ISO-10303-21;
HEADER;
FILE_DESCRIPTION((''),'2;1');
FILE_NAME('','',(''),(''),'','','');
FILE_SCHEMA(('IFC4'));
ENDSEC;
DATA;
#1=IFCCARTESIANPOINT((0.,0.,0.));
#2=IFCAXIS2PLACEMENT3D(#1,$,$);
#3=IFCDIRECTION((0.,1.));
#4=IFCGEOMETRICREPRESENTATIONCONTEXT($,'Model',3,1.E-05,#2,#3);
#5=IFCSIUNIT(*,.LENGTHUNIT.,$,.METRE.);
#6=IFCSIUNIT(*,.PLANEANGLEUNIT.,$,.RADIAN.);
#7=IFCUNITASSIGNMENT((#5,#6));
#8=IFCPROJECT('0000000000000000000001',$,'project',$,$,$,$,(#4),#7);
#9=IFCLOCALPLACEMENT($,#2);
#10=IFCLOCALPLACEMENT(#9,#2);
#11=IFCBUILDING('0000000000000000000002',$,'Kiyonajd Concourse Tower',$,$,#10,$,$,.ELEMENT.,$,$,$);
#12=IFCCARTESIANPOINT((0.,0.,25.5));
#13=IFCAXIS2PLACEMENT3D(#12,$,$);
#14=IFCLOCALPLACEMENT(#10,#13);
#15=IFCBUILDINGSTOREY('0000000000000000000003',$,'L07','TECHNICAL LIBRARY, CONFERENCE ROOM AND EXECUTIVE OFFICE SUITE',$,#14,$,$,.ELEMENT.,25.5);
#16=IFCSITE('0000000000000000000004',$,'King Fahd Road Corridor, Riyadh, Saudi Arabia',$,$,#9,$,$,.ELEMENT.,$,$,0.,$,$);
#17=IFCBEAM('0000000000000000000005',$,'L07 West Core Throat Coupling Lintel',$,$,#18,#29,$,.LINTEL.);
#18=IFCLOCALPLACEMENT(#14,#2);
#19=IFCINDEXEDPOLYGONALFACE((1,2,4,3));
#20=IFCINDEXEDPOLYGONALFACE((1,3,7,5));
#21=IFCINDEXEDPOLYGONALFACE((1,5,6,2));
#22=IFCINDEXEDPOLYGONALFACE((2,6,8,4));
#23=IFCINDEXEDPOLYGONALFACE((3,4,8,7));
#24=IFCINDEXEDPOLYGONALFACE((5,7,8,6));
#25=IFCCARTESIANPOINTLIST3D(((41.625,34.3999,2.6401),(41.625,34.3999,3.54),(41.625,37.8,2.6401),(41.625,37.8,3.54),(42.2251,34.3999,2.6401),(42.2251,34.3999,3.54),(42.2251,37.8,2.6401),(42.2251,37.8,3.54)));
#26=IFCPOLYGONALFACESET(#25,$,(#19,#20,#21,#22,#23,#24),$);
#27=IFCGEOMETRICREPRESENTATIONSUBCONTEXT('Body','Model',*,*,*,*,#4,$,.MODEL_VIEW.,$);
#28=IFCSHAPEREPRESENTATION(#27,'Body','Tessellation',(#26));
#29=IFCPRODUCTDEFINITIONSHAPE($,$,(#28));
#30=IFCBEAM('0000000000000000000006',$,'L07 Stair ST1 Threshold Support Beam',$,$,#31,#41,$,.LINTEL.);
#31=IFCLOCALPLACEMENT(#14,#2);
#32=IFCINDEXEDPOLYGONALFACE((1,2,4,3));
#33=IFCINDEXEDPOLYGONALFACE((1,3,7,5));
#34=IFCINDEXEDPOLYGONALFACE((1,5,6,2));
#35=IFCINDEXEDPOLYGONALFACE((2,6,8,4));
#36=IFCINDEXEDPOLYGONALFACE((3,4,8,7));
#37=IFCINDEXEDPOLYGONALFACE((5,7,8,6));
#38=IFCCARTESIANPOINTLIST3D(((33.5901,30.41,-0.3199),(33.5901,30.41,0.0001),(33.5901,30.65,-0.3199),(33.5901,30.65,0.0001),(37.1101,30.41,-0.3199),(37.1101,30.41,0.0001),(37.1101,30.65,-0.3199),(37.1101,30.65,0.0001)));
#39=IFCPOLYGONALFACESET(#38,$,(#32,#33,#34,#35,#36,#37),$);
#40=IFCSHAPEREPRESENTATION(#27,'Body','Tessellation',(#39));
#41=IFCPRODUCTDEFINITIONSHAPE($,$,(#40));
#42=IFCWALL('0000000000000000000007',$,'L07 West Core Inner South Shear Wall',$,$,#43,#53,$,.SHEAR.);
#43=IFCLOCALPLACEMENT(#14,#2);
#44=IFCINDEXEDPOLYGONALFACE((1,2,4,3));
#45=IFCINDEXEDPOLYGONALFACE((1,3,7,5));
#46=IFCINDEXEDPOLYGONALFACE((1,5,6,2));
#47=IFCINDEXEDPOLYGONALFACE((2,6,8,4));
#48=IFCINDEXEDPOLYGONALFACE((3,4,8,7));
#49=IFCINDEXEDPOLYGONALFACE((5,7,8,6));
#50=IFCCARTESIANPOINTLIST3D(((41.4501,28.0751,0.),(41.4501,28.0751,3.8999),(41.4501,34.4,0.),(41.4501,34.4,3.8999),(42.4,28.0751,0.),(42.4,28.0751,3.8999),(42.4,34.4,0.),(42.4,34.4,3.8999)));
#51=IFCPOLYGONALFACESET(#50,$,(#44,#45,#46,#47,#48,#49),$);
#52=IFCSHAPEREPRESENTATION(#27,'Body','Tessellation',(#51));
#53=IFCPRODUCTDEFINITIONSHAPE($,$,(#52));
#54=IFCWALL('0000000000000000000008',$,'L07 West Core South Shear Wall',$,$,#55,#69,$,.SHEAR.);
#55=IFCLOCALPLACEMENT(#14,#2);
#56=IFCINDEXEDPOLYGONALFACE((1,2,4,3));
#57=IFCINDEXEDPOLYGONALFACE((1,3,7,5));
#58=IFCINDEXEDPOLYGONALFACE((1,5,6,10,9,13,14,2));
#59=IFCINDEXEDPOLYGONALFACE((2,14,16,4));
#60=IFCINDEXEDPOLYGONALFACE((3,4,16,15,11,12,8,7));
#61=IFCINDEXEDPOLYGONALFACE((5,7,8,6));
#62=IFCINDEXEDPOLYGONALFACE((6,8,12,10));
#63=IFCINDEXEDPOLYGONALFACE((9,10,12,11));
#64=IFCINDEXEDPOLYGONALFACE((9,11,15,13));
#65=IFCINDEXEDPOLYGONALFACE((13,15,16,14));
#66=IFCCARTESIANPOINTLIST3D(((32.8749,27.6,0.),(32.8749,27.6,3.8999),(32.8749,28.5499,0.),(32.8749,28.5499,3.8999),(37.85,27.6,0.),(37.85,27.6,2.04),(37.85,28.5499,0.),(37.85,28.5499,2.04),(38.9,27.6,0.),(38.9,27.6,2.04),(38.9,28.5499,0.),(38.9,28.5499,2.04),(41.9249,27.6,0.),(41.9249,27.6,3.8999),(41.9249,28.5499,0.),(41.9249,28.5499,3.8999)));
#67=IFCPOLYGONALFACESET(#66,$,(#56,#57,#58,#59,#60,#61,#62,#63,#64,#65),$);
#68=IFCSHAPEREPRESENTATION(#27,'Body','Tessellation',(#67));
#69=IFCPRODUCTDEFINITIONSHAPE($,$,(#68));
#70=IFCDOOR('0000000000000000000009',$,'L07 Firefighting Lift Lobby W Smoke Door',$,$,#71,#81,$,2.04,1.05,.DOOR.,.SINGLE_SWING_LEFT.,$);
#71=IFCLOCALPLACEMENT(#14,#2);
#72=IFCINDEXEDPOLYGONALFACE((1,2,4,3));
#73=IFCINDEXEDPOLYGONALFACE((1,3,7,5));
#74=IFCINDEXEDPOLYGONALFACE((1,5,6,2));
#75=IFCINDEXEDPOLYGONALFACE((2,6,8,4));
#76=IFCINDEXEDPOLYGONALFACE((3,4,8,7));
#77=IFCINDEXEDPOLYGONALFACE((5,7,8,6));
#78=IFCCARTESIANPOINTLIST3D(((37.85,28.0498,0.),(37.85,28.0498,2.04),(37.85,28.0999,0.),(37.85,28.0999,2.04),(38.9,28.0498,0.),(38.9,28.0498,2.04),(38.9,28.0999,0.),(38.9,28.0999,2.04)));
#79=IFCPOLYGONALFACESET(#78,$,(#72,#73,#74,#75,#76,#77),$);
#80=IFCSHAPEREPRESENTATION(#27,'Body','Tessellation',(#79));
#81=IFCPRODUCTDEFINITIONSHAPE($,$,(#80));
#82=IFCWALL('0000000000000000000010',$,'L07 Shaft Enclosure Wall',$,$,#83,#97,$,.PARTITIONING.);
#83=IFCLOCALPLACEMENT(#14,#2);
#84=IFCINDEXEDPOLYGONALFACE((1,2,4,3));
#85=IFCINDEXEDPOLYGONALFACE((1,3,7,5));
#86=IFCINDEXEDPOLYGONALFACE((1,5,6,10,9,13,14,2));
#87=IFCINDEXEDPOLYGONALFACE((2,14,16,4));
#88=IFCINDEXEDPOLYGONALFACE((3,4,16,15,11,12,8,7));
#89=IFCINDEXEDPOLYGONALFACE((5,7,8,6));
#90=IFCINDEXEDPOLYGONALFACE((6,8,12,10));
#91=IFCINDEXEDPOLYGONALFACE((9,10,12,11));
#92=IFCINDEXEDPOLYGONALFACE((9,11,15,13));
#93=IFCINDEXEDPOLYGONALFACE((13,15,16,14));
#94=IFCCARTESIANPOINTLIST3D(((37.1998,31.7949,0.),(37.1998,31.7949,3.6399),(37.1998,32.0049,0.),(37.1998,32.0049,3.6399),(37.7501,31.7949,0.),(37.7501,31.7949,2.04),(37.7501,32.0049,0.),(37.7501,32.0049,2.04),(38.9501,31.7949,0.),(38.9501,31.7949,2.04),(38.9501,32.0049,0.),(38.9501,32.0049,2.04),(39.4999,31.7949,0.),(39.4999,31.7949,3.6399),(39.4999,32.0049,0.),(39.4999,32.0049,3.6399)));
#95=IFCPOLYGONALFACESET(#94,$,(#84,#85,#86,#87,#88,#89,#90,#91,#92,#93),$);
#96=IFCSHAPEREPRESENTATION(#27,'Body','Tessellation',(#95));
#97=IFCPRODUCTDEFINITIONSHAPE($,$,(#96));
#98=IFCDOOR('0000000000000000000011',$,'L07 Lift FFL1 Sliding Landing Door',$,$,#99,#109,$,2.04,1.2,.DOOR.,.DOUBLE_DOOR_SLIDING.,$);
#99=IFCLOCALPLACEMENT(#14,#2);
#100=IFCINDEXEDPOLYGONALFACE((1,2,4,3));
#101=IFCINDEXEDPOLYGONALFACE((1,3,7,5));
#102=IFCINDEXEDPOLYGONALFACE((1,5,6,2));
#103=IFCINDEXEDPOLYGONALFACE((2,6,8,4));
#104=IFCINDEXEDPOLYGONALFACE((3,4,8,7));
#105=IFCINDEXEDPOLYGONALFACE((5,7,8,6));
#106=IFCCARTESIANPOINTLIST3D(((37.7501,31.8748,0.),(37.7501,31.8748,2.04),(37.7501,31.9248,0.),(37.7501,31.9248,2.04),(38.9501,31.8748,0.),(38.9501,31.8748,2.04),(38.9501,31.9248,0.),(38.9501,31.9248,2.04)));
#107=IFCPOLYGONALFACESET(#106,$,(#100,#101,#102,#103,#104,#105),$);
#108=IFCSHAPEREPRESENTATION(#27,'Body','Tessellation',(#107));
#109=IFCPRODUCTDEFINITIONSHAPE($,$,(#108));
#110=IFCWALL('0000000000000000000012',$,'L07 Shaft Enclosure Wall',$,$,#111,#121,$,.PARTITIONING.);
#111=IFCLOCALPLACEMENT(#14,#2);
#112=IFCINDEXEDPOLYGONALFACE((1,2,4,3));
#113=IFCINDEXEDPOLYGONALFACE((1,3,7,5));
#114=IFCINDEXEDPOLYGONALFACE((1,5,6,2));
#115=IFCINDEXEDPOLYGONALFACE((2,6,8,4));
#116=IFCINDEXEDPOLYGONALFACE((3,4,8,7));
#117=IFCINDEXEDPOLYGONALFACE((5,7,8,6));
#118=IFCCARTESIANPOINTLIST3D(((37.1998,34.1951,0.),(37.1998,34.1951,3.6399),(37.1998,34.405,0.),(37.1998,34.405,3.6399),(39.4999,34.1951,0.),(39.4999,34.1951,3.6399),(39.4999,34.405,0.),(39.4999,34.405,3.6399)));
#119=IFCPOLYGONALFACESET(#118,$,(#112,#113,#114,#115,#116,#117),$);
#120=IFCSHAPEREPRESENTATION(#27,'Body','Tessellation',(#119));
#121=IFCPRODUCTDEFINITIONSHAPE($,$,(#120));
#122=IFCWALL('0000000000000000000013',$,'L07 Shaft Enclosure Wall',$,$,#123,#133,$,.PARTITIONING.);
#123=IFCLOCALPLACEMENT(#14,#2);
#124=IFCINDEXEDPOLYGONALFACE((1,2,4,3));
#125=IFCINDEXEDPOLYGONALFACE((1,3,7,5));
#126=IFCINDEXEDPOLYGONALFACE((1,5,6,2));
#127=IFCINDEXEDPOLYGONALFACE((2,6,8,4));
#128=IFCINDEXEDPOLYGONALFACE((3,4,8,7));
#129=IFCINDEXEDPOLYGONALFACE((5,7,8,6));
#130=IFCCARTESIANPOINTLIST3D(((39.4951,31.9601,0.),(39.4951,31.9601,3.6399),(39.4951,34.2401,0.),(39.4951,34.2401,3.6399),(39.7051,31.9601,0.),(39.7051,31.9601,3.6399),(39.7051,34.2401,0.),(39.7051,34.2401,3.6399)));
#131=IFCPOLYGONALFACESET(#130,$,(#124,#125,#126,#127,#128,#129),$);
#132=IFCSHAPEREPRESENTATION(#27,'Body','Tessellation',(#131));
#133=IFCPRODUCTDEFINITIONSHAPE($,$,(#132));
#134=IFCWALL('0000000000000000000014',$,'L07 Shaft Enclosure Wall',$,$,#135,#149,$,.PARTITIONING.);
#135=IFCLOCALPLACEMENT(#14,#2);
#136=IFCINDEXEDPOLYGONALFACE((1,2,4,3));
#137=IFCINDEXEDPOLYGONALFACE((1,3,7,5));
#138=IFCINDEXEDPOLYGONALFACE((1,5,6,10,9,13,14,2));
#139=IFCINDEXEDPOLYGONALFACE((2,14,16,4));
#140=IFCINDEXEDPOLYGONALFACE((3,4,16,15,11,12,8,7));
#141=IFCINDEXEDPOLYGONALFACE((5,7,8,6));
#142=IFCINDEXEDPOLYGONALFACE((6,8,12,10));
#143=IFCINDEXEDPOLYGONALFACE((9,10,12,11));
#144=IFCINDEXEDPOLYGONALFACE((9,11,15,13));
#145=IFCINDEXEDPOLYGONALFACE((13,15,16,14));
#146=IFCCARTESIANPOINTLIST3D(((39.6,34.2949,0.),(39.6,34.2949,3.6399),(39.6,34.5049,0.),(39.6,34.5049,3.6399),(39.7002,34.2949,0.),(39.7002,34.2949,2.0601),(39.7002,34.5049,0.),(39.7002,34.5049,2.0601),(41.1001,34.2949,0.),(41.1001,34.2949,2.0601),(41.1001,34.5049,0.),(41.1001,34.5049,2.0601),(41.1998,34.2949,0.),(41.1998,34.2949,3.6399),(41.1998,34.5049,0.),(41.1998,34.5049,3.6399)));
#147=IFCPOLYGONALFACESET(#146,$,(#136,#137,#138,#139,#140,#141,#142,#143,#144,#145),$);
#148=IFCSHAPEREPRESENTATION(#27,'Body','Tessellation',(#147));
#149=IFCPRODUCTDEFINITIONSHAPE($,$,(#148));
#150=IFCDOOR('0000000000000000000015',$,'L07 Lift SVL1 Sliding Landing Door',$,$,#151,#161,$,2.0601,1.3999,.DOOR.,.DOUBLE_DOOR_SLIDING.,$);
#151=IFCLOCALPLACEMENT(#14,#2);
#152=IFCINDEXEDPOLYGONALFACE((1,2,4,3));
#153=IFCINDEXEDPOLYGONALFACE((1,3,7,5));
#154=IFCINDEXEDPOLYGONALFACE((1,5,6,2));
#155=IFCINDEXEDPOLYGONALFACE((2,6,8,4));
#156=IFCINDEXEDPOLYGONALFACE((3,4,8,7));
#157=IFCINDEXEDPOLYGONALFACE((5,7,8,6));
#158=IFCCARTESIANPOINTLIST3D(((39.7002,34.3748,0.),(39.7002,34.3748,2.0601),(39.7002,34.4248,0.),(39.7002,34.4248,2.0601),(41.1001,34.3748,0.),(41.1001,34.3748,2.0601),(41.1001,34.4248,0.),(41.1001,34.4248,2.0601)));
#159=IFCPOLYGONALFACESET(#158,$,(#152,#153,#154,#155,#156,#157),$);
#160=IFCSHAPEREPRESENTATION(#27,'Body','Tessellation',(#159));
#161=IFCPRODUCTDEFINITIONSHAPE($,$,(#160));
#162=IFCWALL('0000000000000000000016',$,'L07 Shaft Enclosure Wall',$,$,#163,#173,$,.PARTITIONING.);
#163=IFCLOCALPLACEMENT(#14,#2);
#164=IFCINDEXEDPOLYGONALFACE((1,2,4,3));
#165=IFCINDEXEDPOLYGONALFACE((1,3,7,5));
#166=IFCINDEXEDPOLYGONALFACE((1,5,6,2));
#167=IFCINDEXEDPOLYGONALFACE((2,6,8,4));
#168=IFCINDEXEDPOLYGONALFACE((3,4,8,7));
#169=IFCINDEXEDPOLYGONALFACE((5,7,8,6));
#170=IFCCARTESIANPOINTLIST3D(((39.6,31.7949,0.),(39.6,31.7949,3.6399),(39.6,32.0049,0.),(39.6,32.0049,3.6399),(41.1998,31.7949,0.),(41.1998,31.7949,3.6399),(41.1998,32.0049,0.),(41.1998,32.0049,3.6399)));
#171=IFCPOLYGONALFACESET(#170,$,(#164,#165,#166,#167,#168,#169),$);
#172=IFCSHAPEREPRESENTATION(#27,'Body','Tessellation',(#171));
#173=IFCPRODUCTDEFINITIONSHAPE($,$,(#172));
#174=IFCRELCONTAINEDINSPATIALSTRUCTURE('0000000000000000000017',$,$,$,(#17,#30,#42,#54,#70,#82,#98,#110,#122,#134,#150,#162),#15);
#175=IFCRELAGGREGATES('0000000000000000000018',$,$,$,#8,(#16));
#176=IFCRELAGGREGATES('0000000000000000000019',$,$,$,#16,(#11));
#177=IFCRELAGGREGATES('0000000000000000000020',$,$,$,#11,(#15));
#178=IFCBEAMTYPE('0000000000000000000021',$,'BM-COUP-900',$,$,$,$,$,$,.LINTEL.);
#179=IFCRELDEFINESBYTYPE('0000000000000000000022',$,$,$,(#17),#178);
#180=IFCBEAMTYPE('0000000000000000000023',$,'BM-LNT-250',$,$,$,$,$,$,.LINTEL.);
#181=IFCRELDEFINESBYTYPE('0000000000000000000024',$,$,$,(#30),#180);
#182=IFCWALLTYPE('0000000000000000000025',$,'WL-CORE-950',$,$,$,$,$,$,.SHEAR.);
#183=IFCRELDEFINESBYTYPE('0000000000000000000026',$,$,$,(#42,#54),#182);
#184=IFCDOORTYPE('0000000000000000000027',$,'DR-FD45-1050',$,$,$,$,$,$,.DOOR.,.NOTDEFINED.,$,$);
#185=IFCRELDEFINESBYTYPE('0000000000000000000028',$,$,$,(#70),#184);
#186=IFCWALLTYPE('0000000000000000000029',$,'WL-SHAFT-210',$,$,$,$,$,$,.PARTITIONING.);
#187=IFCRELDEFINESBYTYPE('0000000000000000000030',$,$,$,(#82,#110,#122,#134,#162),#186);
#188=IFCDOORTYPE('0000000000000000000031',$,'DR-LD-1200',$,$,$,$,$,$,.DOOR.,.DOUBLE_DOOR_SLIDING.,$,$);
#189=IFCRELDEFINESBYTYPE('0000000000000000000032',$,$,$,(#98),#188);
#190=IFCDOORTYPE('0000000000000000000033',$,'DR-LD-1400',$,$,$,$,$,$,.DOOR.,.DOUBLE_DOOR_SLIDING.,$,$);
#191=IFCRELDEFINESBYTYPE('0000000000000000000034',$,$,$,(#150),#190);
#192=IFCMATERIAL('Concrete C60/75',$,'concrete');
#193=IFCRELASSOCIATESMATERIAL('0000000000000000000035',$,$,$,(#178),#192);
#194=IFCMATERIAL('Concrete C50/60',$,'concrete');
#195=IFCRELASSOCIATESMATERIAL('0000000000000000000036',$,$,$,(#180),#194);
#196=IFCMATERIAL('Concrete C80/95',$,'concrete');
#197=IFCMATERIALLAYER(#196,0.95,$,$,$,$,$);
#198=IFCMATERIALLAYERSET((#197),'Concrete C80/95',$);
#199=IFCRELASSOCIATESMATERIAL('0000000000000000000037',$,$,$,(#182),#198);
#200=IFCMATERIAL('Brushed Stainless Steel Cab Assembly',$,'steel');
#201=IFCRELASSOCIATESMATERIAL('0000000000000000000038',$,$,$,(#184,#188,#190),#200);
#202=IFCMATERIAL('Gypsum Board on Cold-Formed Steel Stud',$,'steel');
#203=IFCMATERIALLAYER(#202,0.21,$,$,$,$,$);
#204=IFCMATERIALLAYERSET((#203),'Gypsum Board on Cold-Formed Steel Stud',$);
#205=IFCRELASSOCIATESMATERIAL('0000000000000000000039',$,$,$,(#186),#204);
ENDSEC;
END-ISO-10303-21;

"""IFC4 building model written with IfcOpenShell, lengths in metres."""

from ifc_helpers import new_model, si_unit, direction, frame, frame_2d, origin, origin_2d, place, context, subcontext, project, spatial, rectangle, extrude, material, layer, layer_set, material_profile, profile_set, type_object, element, fill, save


model = new_model("IFC4")

# Units and contexts
model_context = context("Model", 3, precision=1e-05, world=origin(), true_north=direction((0.0, 1.0)))
body_context = subcontext(model_context, "Body", "Model", "MODEL_VIEW")
ifc_project = project(units=[si_unit("LENGTHUNIT", "METRE"), si_unit("PLANEANGLEUNIT", "RADIAN")], contexts=[model_context])

# Site, building, storey
site_placement = place(None, origin())
site = spatial("IfcSite", under=ifc_project, at=site_placement, Name="King Fahd Road Corridor, Riyadh, Saudi Arabia", CompositionType="ELEMENT", RefElevation=0.0)
building_placement = place(site_placement, origin())
building = spatial("IfcBuilding", under=site, at=building_placement, Name="Kiyonajd Concourse Tower", CompositionType="ELEMENT")
storey_placement = place(building_placement, frame((0.0, 0.0, 25.5)))
storey = spatial("IfcBuildingStorey", under=building, at=storey_placement, Name="L07", Description="TECHNICAL LIBRARY, CONFERENCE ROOM AND EXECUTIVE OFFICE SUITE", CompositionType="ELEMENT", Elevation=25.5)

# Beams
ifc_material_1 = material(Name="Concrete C60/75", Category="concrete")
ifc_material_profile_1 = material_profile(ifc_material_1, rectangle(XDim=0.6001, YDim=0.8999, at=origin_2d()), Name="RCBM-600x900")
ifc_profile_set_1 = profile_set([ifc_material_profile_1], Name="Concrete C60/75")
beam_type_1 = type_object("IfcBeamType", Name="BM-COUP-900", PredefinedType="LINTEL", material=ifc_profile_set_1)
beam_1_placement = place(storey_placement, frame((41.925, 34.3999, 3.0901), z_axis=(0.0, 1.0, 0.0), x_axis=(-1.0, 0.0, 0.0)))
element("IfcBeam", 1, at=beam_1_placement, inside=storey, type_object=beam_type_1, Name="L07 West Core Throat Coupling Lintel", PredefinedType="LINTEL", context=body_context, shape_type="SweptSolid", body=[
    extrude(rectangle(XDim=0.6001, YDim=0.8999, at=origin_2d()), origin(), (0.0, 0.0, 1.0), 3.4001),
])
ifc_material_2 = material(Name="Concrete C50/60", Category="concrete")
ifc_material_profile_2 = material_profile(ifc_material_2, rectangle(XDim=0.24, YDim=0.3201, at=origin_2d()), Name="RCBM-240x320")
ifc_profile_set_2 = profile_set([ifc_material_profile_2], Name="Concrete C50/60")
beam_type_2 = type_object("IfcBeamType", Name="BM-LNT-250", PredefinedType="LINTEL", material=ifc_profile_set_2)
beam_2_placement = place(storey_placement, frame((33.5901, 30.53, -0.1599), z_axis=(1.0, 0.0, 0.0), x_axis=(0.0, 1.0, 0.0)))
element("IfcBeam", 2, at=beam_2_placement, inside=storey, type_object=beam_type_2, Name="L07 Stair ST1 Threshold Support Beam", PredefinedType="LINTEL", context=body_context, shape_type="SweptSolid", body=[
    extrude(rectangle(XDim=0.24, YDim=0.3201, at=origin_2d()), origin(), (0.0, 0.0, 1.0), 3.52),
])

# Wall
ifc_material_3 = material(Name="Concrete C80/95", Category="concrete")
ifc_layer_1 = layer(ifc_material_3, 0.95)
ifc_layer_set_1 = layer_set([ifc_layer_1], Name="Concrete C80/95")
wall_type_1 = type_object("IfcWallType", Name="WL-CORE-950", PredefinedType="SHEAR", material=ifc_layer_set_1)
wall_1_placement = place(storey_placement, frame((41.925, 28.075, 0.0), z_axis=(0.0, 0.0, 1.0), x_axis=(0.0, 1.0, 0.0)))
element("IfcWall", 3, at=wall_1_placement, inside=storey, type_object=wall_type_1, Name="L07 West Core Inner South Shear Wall", PredefinedType="SHEAR", context=body_context, shape_type="SweptSolid", body=[
    extrude(rectangle(XDim=6.325, YDim=0.95, at=frame_2d((3.1626, 0.0))), origin(), (0.0, 0.0, 1.0), 3.8999),
])

# Walls, openings, doors
wall_2_placement = place(storey_placement, frame((32.875, 28.075, 0.0), z_axis=(0.0, 0.0, 1.0), x_axis=(1.0, 0.0, 0.0)))
wall_2 = element("IfcWall", 4, at=wall_2_placement, inside=storey, type_object=wall_type_1, Name="L07 West Core South Shear Wall", PredefinedType="SHEAR", context=body_context, shape_type="SweptSolid", body=[
    extrude(rectangle(XDim=9.05, YDim=0.95, at=frame_2d((4.5249, 0.0))), origin(), (0.0, 0.0, 1.0), 3.8999),
])
opening_1_placement = place(wall_2_placement, frame((4.9751, 0.0, 0.0)))
opening_1 = element("IfcOpeningElement", 5, at=opening_1_placement, cuts=wall_2, PredefinedType="OPENING", context=body_context, shape_type="SweptSolid", body=[
    extrude(rectangle(XDim=1.05, YDim=2.04, at=frame_2d((0.5249, 1.02))), frame((0.0, 0.4849, 0.0), z_axis=(0.0, -1.0, 0.0), x_axis=(1.0, 0.0, 0.0)), (0.0, 0.0, 1.0), 0.97),
])
ifc_material_4 = material(Name="Brushed Stainless Steel Cab Assembly", Category="steel")
door_type_1 = type_object("IfcDoorType", Name="DR-FD45-1050", OperationType="NOTDEFINED", PredefinedType="DOOR", material=ifc_material_4)
door_1_placement = place(opening_1_placement, origin())
door_1 = element("IfcDoor", 6, at=door_1_placement, inside=storey, type_object=door_type_1, Name="L07 Firefighting Lift Lobby W Smoke Door", OperationType="SINGLE_SWING_LEFT", OverallHeight=2.04, OverallWidth=1.05, PredefinedType="DOOR", context=body_context, shape_type="SweptSolid", body=[
    extrude(rectangle(XDim=1.05, YDim=2.04, at=frame_2d((0.5249, 1.02))), frame((0.0, 0.0249, 0.0), z_axis=(0.0, -1.0, 0.0), x_axis=(1.0, 0.0, 0.0)), (0.0, 0.0, 1.0), 0.05),
])
fill(opening_1, door_1)
ifc_material_5 = material(Name="Gypsum Board on Cold-Formed Steel Stud", Category="steel")
ifc_layer_2 = layer(ifc_material_5, 0.21)
ifc_layer_set_2 = layer_set([ifc_layer_2], Name="Gypsum Board on Cold-Formed Steel Stud")
wall_type_2 = type_object("IfcWallType", Name="WL-SHAFT-210", PredefinedType="PARTITIONING", material=ifc_layer_set_2)
wall_3_placement = place(storey_placement, frame((37.2, 31.8999, 0.0), z_axis=(0.0, 0.0, 1.0), x_axis=(1.0, 0.0, 0.0)))
wall_3 = element("IfcWall", 7, at=wall_3_placement, inside=storey, type_object=wall_type_2, Name="L07 Shaft Enclosure Wall", PredefinedType="PARTITIONING", context=body_context, shape_type="SweptSolid", body=[
    extrude(rectangle(XDim=2.3, YDim=0.21, at=frame_2d((1.1499, 0.0))), origin(), (0.0, 0.0, 1.0), 3.6399),
])
opening_2_placement = place(wall_3_placement, frame((0.55, 0.0, 0.0)))
opening_2 = element("IfcOpeningElement", 8, at=opening_2_placement, cuts=wall_3, PredefinedType="OPENING", context=body_context, shape_type="SweptSolid", body=[
    extrude(rectangle(XDim=1.2, YDim=2.04, at=frame_2d((0.6001, 1.02))), frame((0.0, 0.115, 0.0), z_axis=(0.0, -1.0, 0.0), x_axis=(1.0, 0.0, 0.0)), (0.0, 0.0, 1.0), 0.23),
])
door_type_2 = type_object("IfcDoorType", Name="DR-LD-1200", OperationType="DOUBLE_DOOR_SLIDING", PredefinedType="DOOR", material=ifc_material_4)
door_2_placement = place(opening_2_placement, origin())
door_2 = element("IfcDoor", 9, at=door_2_placement, inside=storey, type_object=door_type_2, Name="L07 Lift FFL1 Sliding Landing Door", OperationType="DOUBLE_DOOR_SLIDING", OverallHeight=2.04, OverallWidth=1.2, PredefinedType="DOOR", context=body_context, shape_type="SweptSolid", body=[
    extrude(rectangle(XDim=1.2, YDim=2.04, at=frame_2d((0.6001, 1.02))), frame((0.0, 0.0249, 0.0), z_axis=(0.0, -1.0, 0.0), x_axis=(1.0, 0.0, 0.0)), (0.0, 0.0, 1.0), 0.05),
])
fill(opening_2, door_2)

# Walls
wall_4_placement = place(storey_placement, frame((37.2, 34.3, 0.0), z_axis=(0.0, 0.0, 1.0), x_axis=(1.0, 0.0, 0.0)))
element("IfcWall", 10, at=wall_4_placement, inside=storey, type_object=wall_type_2, Name="L07 Shaft Enclosure Wall", PredefinedType="PARTITIONING", context=body_context, shape_type="SweptSolid", body=[
    extrude(rectangle(XDim=2.3, YDim=0.21, at=frame_2d((1.1499, 0.0))), origin(), (0.0, 0.0, 1.0), 3.6399),
])
wall_5_placement = place(storey_placement, frame((39.6001, 31.96, 0.0), z_axis=(0.0, 0.0, 1.0), x_axis=(0.0, 1.0, 0.0)))
element("IfcWall", 11, at=wall_5_placement, inside=storey, type_object=wall_type_2, Name="L07 Shaft Enclosure Wall", PredefinedType="PARTITIONING", context=body_context, shape_type="SweptSolid", body=[
    extrude(rectangle(XDim=2.28, YDim=0.21, at=frame_2d((1.1401, 0.0))), origin(), (0.0, 0.0, 1.0), 3.6399),
])

# Wall, opening, door
wall_6_placement = place(storey_placement, frame((39.6001, 34.3999, 0.0), z_axis=(0.0, 0.0, 1.0), x_axis=(1.0, 0.0, 0.0)))
wall_6 = element("IfcWall", 12, at=wall_6_placement, inside=storey, type_object=wall_type_2, Name="L07 Shaft Enclosure Wall", PredefinedType="PARTITIONING", context=body_context, shape_type="SweptSolid", body=[
    extrude(rectangle(XDim=1.5999, YDim=0.21, at=frame_2d((0.7998, 0.0))), origin(), (0.0, 0.0, 1.0), 3.6399),
])
opening_3_placement = place(wall_6_placement, frame((0.1001, 0.0, 0.0)))
opening_3 = element("IfcOpeningElement", 13, at=opening_3_placement, cuts=wall_6, PredefinedType="OPENING", context=body_context, shape_type="SweptSolid", body=[
    extrude(rectangle(XDim=1.3999, YDim=2.0601, at=frame_2d((0.7, 1.03))), frame((0.0, 0.115, 0.0), z_axis=(0.0, -1.0, 0.0), x_axis=(1.0, 0.0, 0.0)), (0.0, 0.0, 1.0), 0.23),
])
door_type_3 = type_object("IfcDoorType", Name="DR-LD-1400", OperationType="DOUBLE_DOOR_SLIDING", PredefinedType="DOOR", material=ifc_material_4)
door_3_placement = place(opening_3_placement, origin())
door_3 = element("IfcDoor", 14, at=door_3_placement, inside=storey, type_object=door_type_3, Name="L07 Lift SVL1 Sliding Landing Door", OperationType="DOUBLE_DOOR_SLIDING", OverallHeight=2.0601, OverallWidth=1.3999, PredefinedType="DOOR", context=body_context, shape_type="SweptSolid", body=[
    extrude(rectangle(XDim=1.3999, YDim=2.0601, at=frame_2d((0.7, 1.03))), frame((0.0, 0.0249, 0.0), z_axis=(0.0, -1.0, 0.0), x_axis=(1.0, 0.0, 0.0)), (0.0, 0.0, 1.0), 0.05),
])
fill(opening_3, door_3)

# Wall
wall_7_placement = place(storey_placement, frame((39.6001, 31.8999, 0.0), z_axis=(0.0, 0.0, 1.0), x_axis=(1.0, 0.0, 0.0)))
element("IfcWall", 15, at=wall_7_placement, inside=storey, type_object=wall_type_2, Name="L07 Shaft Enclosure Wall", PredefinedType="PARTITIONING", context=body_context, shape_type="SweptSolid", body=[
    extrude(rectangle(XDim=1.5999, YDim=0.21, at=frame_2d((0.7998, 0.0))), origin(), (0.0, 0.0, 1.0), 3.6399),
])

save(model, "model.ifc")
